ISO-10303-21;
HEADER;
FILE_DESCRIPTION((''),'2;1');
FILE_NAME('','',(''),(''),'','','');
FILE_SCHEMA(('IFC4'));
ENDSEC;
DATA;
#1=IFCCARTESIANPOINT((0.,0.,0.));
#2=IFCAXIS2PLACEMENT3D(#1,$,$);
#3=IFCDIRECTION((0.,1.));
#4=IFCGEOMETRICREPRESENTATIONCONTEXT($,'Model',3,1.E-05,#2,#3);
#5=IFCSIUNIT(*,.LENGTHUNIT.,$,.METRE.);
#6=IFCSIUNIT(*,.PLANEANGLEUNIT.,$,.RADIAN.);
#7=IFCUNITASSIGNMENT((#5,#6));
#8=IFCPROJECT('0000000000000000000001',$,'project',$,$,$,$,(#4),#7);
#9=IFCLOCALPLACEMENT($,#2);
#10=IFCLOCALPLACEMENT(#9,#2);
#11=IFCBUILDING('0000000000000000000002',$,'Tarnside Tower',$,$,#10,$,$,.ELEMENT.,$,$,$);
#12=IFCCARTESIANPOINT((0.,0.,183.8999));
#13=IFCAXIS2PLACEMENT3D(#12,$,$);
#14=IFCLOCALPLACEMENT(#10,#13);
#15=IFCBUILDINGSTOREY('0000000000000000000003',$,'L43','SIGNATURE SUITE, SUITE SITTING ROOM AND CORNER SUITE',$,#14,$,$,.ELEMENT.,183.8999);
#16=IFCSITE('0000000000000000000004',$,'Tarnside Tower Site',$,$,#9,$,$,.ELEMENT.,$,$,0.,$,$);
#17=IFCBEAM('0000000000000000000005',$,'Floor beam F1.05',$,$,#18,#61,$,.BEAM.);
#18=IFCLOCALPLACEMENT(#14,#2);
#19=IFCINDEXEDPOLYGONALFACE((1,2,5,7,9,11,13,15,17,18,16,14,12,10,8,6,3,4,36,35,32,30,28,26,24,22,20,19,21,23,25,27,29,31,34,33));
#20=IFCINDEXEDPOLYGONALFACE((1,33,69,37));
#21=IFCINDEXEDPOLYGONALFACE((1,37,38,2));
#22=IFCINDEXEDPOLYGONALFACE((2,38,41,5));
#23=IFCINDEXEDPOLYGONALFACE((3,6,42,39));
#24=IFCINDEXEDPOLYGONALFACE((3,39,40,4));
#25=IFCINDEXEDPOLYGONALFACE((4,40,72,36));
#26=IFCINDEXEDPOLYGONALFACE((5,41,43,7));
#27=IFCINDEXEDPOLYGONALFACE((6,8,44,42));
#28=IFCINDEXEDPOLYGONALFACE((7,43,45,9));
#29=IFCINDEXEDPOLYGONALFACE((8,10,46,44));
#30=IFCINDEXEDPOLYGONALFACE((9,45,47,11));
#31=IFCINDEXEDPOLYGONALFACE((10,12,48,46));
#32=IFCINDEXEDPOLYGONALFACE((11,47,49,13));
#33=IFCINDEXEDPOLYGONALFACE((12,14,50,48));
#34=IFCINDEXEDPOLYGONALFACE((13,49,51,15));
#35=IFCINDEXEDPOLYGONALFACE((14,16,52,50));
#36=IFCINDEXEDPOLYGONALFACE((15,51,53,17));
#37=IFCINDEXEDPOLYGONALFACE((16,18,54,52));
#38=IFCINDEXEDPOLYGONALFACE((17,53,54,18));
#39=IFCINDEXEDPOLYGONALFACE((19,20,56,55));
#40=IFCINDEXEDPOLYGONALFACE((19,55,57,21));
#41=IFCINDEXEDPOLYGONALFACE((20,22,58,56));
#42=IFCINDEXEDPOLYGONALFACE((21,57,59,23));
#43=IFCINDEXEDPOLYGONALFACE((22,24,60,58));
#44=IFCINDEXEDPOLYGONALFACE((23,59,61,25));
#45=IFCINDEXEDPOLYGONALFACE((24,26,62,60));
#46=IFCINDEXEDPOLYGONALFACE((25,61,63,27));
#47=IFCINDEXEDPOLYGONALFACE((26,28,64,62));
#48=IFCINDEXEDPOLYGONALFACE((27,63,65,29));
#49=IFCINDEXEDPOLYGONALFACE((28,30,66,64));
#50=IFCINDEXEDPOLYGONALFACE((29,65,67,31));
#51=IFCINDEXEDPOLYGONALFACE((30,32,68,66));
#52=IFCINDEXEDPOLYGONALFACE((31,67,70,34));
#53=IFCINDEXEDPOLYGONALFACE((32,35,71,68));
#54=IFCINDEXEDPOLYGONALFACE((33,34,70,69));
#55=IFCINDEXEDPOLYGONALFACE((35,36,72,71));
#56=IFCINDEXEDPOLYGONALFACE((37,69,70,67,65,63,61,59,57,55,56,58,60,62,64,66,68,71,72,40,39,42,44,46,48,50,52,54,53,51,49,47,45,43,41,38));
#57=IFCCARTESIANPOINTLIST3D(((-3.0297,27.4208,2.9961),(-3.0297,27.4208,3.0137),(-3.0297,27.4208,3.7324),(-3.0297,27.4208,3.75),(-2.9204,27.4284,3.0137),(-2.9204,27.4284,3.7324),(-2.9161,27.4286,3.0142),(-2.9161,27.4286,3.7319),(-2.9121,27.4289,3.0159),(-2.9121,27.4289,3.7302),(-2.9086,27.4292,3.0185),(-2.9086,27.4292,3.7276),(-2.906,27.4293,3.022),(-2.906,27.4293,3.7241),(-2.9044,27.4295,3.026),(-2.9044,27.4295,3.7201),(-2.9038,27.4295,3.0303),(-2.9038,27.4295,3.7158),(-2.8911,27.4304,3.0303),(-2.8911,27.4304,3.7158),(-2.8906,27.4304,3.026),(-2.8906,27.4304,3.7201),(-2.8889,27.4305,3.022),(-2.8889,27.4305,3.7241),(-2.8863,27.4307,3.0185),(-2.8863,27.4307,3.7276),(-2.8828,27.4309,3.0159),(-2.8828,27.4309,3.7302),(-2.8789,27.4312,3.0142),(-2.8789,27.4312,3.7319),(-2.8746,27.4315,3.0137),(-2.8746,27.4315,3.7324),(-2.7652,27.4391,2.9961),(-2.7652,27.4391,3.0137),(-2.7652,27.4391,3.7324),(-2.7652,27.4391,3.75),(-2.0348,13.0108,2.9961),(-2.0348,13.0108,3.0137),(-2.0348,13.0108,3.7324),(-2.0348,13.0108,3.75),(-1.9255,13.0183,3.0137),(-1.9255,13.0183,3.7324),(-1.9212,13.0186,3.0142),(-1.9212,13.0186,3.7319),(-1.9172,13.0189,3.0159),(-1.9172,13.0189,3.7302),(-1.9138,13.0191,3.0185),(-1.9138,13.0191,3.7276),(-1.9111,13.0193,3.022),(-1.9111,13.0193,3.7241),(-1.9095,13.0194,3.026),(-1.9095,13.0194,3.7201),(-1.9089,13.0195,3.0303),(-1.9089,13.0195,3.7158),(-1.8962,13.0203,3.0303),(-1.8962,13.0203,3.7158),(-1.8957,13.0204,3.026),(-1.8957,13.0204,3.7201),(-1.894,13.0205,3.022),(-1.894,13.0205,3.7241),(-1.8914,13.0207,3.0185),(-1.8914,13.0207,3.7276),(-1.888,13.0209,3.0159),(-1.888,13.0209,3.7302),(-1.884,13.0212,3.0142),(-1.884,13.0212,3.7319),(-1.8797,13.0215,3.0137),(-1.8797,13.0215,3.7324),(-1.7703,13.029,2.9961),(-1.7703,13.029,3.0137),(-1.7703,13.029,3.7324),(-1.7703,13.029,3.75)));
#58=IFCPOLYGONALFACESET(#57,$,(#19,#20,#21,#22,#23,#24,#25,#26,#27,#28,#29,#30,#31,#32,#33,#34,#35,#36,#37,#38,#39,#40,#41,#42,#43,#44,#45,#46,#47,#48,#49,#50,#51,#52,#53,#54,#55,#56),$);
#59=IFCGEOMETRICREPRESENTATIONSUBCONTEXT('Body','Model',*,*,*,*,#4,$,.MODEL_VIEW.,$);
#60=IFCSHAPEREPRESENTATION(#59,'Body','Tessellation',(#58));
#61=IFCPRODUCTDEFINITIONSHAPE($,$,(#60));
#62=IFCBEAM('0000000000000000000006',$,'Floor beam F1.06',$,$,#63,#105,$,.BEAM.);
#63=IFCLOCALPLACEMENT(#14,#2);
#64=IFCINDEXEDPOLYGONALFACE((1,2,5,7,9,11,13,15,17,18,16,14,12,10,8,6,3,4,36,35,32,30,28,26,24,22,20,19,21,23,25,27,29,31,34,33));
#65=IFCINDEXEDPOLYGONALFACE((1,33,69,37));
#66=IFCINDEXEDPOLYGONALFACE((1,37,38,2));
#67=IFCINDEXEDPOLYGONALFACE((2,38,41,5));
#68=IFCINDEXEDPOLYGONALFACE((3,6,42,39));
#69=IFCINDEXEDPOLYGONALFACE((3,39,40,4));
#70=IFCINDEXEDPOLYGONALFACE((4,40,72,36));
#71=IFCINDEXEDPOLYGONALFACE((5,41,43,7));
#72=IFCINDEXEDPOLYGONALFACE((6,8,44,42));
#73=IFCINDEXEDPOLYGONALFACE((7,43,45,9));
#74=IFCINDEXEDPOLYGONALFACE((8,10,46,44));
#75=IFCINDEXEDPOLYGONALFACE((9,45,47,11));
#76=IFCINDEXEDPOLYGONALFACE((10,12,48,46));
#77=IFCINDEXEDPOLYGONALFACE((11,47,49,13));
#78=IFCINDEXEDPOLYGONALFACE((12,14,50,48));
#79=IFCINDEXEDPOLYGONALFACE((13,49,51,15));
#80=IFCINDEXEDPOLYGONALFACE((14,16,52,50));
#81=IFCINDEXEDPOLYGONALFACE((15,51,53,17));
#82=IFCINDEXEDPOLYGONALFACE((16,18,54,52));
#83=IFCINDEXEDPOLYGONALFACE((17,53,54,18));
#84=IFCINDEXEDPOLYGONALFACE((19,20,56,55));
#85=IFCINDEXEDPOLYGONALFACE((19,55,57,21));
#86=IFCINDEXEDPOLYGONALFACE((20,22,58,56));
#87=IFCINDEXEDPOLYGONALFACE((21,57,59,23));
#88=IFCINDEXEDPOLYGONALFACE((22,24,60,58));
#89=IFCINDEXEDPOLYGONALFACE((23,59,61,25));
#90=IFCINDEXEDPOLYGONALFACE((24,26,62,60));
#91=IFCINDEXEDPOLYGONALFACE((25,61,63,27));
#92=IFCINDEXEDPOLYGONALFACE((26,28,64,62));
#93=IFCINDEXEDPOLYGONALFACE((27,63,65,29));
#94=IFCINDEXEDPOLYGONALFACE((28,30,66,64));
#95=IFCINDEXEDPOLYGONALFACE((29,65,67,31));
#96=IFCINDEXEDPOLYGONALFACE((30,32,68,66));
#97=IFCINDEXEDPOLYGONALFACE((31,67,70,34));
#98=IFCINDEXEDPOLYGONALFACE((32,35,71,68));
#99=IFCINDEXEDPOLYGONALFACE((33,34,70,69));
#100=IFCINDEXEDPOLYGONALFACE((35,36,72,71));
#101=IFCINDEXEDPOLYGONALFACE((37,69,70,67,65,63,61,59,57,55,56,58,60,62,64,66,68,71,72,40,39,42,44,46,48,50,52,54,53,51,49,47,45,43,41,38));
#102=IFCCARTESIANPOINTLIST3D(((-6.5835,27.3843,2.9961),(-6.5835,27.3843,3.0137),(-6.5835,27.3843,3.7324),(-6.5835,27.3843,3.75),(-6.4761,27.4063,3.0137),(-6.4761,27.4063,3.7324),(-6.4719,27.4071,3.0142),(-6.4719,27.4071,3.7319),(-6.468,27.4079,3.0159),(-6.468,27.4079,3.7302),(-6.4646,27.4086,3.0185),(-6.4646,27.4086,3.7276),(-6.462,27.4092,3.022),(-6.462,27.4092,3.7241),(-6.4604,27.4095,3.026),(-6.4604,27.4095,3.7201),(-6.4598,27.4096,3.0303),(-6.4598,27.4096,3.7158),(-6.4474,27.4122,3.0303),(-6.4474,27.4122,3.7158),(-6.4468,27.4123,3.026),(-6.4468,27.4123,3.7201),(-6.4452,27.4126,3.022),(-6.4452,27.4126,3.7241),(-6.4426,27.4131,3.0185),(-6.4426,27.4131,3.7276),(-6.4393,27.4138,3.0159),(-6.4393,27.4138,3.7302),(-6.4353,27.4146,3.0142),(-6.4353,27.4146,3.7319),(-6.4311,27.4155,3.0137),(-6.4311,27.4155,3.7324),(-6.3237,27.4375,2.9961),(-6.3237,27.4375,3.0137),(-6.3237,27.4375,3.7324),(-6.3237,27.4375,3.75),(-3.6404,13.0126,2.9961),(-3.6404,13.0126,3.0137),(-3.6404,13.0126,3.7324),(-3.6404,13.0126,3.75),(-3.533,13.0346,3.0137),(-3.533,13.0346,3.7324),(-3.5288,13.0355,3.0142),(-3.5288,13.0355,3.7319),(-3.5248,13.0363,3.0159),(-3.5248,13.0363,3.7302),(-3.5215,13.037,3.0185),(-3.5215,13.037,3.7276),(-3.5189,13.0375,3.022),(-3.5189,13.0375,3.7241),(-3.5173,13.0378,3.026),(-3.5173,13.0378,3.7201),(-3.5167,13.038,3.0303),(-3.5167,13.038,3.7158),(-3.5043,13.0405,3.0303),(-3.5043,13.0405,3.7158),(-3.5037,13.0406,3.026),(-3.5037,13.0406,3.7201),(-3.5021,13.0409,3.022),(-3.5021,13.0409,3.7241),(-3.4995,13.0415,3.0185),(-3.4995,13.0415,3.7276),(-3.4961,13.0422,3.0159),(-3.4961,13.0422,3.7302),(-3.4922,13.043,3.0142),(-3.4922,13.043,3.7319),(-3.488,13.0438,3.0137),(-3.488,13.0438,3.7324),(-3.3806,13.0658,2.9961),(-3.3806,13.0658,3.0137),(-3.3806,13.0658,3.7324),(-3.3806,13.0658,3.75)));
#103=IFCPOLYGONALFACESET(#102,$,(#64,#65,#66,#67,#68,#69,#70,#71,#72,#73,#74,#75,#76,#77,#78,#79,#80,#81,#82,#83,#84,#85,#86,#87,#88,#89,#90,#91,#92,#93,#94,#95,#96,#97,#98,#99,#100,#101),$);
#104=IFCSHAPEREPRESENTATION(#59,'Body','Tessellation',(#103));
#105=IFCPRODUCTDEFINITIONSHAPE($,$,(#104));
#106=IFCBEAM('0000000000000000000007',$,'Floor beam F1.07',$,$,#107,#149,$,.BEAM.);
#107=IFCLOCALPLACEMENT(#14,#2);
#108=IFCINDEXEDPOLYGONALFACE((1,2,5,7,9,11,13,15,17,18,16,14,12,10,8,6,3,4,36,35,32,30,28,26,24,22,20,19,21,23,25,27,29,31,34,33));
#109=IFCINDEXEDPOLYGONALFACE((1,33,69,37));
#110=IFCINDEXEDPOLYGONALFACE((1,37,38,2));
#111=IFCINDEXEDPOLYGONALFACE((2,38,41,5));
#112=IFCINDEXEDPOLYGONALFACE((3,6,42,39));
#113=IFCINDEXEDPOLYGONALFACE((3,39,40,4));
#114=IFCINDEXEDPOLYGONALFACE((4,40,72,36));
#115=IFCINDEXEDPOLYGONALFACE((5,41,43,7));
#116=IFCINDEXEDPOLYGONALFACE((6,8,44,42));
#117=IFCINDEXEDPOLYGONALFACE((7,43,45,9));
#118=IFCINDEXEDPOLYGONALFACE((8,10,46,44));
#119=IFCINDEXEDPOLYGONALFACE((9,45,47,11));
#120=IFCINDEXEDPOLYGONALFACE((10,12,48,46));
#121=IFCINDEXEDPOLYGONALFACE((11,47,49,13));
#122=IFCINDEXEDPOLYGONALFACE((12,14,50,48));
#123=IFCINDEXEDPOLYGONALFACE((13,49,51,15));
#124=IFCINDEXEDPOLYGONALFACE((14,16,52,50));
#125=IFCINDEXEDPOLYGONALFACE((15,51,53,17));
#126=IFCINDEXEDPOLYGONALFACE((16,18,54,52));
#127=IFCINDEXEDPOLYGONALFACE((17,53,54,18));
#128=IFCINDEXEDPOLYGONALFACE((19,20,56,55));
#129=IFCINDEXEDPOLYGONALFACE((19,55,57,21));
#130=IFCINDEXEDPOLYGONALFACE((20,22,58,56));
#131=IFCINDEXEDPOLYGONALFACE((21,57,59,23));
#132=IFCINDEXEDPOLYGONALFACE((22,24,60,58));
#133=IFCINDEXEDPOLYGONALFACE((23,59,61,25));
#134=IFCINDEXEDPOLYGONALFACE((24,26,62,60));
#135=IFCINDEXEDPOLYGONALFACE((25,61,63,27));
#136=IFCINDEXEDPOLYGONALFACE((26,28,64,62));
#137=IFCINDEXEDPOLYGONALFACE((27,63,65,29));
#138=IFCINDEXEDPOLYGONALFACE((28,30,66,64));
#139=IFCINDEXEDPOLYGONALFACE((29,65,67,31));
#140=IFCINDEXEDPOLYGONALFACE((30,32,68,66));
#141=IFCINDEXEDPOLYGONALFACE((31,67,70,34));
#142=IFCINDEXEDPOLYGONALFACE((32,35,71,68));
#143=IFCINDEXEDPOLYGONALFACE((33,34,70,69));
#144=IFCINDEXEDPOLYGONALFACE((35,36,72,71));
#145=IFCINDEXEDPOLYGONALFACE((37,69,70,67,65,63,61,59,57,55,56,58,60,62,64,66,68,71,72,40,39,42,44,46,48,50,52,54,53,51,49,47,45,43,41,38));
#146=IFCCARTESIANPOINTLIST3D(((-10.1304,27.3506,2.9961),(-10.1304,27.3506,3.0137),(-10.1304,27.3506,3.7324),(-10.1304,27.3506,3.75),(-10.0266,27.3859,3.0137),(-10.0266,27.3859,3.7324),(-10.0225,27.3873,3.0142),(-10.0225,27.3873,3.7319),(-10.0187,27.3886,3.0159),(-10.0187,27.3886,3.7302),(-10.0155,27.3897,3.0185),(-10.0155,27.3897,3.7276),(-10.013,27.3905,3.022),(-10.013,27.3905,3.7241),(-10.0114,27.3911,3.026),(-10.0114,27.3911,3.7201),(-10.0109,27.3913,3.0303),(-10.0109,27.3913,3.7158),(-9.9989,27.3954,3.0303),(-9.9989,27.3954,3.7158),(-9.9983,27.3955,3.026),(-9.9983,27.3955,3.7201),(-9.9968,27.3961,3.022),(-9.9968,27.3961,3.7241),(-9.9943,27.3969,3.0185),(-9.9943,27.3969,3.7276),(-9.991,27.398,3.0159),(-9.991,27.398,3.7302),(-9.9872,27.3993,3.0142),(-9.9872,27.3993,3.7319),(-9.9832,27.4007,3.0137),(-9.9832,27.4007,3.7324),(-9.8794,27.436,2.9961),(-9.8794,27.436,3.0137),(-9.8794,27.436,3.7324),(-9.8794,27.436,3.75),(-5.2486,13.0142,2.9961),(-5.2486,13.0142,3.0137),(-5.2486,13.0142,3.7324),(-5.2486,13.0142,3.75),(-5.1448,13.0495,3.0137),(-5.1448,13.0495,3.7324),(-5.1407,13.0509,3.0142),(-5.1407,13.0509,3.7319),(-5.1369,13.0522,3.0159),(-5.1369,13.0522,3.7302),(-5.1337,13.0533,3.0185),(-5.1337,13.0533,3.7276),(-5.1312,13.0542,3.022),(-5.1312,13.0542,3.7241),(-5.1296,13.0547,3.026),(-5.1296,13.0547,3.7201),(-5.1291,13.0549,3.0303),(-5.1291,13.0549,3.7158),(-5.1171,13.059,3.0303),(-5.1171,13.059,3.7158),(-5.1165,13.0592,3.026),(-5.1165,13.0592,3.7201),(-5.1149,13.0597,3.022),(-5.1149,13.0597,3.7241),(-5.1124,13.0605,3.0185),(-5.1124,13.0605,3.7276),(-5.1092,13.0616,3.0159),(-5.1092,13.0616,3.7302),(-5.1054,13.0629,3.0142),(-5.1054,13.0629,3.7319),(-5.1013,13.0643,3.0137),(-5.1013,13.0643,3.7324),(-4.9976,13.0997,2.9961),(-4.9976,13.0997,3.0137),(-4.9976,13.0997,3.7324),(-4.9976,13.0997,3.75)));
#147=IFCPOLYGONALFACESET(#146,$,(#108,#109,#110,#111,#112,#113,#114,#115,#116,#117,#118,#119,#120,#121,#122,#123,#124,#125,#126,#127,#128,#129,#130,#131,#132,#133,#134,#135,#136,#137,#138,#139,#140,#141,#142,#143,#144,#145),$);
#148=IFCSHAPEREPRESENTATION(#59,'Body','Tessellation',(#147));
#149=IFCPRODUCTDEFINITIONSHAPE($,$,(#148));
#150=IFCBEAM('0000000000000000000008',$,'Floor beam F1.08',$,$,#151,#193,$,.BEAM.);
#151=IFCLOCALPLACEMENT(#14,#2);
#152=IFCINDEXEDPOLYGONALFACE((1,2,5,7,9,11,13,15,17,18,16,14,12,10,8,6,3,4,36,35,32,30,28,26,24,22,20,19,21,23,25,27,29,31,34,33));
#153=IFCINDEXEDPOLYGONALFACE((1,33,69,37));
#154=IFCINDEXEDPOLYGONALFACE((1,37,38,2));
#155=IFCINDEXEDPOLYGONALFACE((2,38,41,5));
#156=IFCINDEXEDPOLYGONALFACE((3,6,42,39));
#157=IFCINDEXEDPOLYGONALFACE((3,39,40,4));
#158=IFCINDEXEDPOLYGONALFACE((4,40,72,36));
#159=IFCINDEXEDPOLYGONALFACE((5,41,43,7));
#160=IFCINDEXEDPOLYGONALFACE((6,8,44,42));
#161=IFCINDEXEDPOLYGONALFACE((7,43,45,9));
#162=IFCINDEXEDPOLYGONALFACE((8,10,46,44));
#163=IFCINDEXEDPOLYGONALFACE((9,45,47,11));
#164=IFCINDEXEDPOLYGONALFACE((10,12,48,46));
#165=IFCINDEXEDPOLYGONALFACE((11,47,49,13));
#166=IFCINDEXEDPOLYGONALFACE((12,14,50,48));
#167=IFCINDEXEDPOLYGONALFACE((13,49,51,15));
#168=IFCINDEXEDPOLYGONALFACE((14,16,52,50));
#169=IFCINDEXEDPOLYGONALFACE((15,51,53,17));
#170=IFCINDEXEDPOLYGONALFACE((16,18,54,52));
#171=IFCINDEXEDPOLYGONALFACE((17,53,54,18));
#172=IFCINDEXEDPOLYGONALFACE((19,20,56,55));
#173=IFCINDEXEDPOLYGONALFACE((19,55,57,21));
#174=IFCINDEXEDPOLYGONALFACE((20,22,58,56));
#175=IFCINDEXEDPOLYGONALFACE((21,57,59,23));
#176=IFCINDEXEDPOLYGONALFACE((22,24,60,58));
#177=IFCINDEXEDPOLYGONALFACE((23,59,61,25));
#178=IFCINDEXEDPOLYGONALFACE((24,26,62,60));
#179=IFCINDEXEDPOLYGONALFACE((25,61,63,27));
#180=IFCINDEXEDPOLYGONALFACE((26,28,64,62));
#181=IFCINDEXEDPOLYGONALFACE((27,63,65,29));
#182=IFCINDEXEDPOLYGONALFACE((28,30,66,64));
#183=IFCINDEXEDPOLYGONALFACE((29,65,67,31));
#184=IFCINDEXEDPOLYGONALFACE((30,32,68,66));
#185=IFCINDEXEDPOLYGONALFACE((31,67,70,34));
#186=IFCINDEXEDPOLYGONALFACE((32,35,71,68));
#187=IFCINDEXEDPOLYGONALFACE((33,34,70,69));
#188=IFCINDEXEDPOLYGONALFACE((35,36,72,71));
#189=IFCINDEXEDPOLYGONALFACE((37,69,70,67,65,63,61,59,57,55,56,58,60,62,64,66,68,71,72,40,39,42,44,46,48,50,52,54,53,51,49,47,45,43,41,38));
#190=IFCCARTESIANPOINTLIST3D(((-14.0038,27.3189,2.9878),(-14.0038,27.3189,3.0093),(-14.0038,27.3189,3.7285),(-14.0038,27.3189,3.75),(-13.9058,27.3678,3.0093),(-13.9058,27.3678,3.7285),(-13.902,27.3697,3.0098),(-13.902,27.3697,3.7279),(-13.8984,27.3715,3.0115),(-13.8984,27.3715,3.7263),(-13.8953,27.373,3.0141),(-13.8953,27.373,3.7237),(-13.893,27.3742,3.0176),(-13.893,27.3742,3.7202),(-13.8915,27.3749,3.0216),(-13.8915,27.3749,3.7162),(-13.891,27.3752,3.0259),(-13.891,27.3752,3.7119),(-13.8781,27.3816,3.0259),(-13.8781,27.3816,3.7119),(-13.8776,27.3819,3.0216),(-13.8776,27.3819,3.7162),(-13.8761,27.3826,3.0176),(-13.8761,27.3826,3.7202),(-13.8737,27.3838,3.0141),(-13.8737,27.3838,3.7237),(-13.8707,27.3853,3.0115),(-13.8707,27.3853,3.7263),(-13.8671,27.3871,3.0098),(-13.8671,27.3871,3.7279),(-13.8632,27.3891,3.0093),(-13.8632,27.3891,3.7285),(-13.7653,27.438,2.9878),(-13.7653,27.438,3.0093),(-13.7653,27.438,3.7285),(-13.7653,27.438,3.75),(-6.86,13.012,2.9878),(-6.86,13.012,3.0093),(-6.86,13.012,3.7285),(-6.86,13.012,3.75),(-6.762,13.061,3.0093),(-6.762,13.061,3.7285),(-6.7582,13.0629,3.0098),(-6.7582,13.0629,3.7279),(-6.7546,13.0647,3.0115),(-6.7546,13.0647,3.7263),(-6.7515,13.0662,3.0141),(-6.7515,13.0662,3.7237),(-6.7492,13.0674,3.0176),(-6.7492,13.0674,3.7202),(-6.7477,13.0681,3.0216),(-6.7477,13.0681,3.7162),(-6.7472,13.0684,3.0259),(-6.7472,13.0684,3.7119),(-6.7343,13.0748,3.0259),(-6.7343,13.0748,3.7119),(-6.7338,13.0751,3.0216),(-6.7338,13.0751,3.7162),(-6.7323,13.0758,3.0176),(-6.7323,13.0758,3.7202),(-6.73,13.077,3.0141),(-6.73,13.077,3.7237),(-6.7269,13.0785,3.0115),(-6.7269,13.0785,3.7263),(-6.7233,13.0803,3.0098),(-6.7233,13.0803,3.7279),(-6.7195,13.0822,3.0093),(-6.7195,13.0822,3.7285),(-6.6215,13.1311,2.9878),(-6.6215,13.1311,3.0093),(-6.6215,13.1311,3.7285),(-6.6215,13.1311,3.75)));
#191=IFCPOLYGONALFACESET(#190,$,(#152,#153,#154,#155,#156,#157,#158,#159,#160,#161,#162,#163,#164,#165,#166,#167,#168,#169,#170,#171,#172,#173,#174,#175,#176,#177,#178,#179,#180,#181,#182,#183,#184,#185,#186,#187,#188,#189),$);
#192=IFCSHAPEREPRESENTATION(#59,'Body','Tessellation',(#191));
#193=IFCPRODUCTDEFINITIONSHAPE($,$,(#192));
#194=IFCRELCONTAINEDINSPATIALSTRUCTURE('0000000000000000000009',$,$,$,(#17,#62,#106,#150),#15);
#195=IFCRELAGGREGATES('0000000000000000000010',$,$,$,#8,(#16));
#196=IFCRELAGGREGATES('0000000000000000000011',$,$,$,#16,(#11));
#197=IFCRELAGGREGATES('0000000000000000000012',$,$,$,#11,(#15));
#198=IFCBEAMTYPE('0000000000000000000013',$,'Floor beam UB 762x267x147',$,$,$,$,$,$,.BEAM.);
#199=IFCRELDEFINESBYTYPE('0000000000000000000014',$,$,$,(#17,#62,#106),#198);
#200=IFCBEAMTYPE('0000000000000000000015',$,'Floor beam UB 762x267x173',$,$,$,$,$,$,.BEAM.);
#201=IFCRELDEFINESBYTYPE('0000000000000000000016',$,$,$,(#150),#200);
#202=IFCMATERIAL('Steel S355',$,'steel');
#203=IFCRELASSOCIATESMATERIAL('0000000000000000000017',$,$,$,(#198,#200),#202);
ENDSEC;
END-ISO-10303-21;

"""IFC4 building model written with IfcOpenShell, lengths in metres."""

from ifc_helpers import new_model, si_unit, direction, frame, origin, origin_2d, place, context, subcontext, project, spatial, i_section, extrude, material, material_profile, profile_set, type_object, element, save


model = new_model("IFC4")

# Units and contexts
model_context = context("Model", 3, precision=1e-05, world=origin(), true_north=direction((0.0, 1.0)))
body_context = subcontext(model_context, "Body", "Model", "MODEL_VIEW")
ifc_project = project(units=[si_unit("LENGTHUNIT", "METRE"), si_unit("PLANEANGLEUNIT", "RADIAN")], contexts=[model_context])

# Site, building, storey
site_placement = place(None, origin())
site = spatial("IfcSite", under=ifc_project, at=site_placement, Name="Tarnside Tower Site", CompositionType="ELEMENT", RefElevation=0.0)
building_placement = place(site_placement, origin())
building = spatial("IfcBuilding", under=site, at=building_placement, Name="Tarnside Tower", CompositionType="ELEMENT")
storey_placement = place(building_placement, frame((0.0, 0.0, 183.8999)))
storey = spatial("IfcBuildingStorey", under=building, at=storey_placement, Name="L43", Description="SIGNATURE SUITE, SUITE SITTING ROOM AND CORNER SUITE", CompositionType="ELEMENT", Elevation=183.8999)

# Beams
ifc_material_1 = material(Name="Steel S355", Category="steel")
ifc_material_profile_1 = material_profile(ifc_material_1, i_section(OverallWidth=0.2651, OverallDepth=0.7539, WebThickness=0.0127, FlangeThickness=0.0176, FilletRadius=0.0166, at=origin_2d()), Name="UB 762x267x147")
ifc_profile_set_1 = profile_set([ifc_material_profile_1], Name="Steel S355")
beam_type_1 = type_object("IfcBeamType", Name="Floor beam UB 762x267x147", PredefinedType="BEAM", material=ifc_profile_set_1)
beam_1_placement = place(storey_placement, frame((-2.8975, 27.4299, 3.373), z_axis=(0.068877, -0.997625, 0.0), x_axis=(0.997625, 0.068877, 0.0)))
element("IfcBeam", 1, at=beam_1_placement, inside=storey, type_object=beam_type_1, Name="Floor beam F1.05", PredefinedType="BEAM", context=body_context, shape_type="SweptSolid", body=[
    extrude(i_section(OverallWidth=0.2651, OverallDepth=0.7539, WebThickness=0.0127, FlangeThickness=0.0176, FilletRadius=0.0166, at=origin_2d()), origin(), (0.0, 0.0, 1.0), 14.4443),
])
beam_2_placement = place(storey_placement, frame((-6.4536, 27.4109, 3.373), z_axis=(0.200623, -0.979668, 0.0), x_axis=(0.979668, 0.200623, 0.0)))
element("IfcBeam", 2, at=beam_2_placement, inside=storey, type_object=beam_type_1, Name="Floor beam F1.06", PredefinedType="BEAM", context=body_context, shape_type="SweptSolid", body=[
    extrude(i_section(OverallWidth=0.2651, OverallDepth=0.7539, WebThickness=0.0127, FlangeThickness=0.0176, FilletRadius=0.0166, at=origin_2d()), origin(), (0.0, 0.0, 1.0), 14.6699),
])
beam_3_placement = place(storey_placement, frame((-10.0049, 27.3933, 3.373), z_axis=(0.322344, -0.946623, 0.0), x_axis=(0.946623, 0.322344, 0.0)))
element("IfcBeam", 3, at=beam_3_placement, inside=storey, type_object=beam_type_1, Name="Floor beam F1.07", PredefinedType="BEAM", context=body_context, shape_type="SweptSolid", body=[
    extrude(i_section(OverallWidth=0.2651, OverallDepth=0.7539, WebThickness=0.0127, FlangeThickness=0.0176, FilletRadius=0.0166, at=origin_2d()), origin(), (0.0, 0.0, 1.0), 15.1448),
])
ifc_material_profile_2 = material_profile(ifc_material_1, i_section(OverallWidth=0.2666, OverallDepth=0.7622, WebThickness=0.0144, FlangeThickness=0.0215, FilletRadius=0.0166, at=origin_2d()), Name="UB 762x267x173")
ifc_profile_set_2 = profile_set([ifc_material_profile_2], Name="Steel S355")
beam_type_2 = type_object("IfcBeamType", Name="Floor beam UB 762x267x173", PredefinedType="BEAM", material=ifc_profile_set_2)
beam_4_placement = place(storey_placement, frame((-13.8845, 27.3784, 3.3689), z_axis=(0.446731, -0.894668, 0.0), x_axis=(0.894668, 0.446731, 0.0)))
element("IfcBeam", 4, at=beam_4_placement, inside=storey, type_object=beam_type_2, Name="Floor beam F1.08", PredefinedType="BEAM", context=body_context, shape_type="SweptSolid", body=[
    extrude(i_section(OverallWidth=0.2666, OverallDepth=0.7622, WebThickness=0.0144, FlangeThickness=0.0215, FilletRadius=0.0166, at=origin_2d()), origin(), (0.0, 0.0, 1.0), 15.9912),
])

save(model, "model.ifc")
